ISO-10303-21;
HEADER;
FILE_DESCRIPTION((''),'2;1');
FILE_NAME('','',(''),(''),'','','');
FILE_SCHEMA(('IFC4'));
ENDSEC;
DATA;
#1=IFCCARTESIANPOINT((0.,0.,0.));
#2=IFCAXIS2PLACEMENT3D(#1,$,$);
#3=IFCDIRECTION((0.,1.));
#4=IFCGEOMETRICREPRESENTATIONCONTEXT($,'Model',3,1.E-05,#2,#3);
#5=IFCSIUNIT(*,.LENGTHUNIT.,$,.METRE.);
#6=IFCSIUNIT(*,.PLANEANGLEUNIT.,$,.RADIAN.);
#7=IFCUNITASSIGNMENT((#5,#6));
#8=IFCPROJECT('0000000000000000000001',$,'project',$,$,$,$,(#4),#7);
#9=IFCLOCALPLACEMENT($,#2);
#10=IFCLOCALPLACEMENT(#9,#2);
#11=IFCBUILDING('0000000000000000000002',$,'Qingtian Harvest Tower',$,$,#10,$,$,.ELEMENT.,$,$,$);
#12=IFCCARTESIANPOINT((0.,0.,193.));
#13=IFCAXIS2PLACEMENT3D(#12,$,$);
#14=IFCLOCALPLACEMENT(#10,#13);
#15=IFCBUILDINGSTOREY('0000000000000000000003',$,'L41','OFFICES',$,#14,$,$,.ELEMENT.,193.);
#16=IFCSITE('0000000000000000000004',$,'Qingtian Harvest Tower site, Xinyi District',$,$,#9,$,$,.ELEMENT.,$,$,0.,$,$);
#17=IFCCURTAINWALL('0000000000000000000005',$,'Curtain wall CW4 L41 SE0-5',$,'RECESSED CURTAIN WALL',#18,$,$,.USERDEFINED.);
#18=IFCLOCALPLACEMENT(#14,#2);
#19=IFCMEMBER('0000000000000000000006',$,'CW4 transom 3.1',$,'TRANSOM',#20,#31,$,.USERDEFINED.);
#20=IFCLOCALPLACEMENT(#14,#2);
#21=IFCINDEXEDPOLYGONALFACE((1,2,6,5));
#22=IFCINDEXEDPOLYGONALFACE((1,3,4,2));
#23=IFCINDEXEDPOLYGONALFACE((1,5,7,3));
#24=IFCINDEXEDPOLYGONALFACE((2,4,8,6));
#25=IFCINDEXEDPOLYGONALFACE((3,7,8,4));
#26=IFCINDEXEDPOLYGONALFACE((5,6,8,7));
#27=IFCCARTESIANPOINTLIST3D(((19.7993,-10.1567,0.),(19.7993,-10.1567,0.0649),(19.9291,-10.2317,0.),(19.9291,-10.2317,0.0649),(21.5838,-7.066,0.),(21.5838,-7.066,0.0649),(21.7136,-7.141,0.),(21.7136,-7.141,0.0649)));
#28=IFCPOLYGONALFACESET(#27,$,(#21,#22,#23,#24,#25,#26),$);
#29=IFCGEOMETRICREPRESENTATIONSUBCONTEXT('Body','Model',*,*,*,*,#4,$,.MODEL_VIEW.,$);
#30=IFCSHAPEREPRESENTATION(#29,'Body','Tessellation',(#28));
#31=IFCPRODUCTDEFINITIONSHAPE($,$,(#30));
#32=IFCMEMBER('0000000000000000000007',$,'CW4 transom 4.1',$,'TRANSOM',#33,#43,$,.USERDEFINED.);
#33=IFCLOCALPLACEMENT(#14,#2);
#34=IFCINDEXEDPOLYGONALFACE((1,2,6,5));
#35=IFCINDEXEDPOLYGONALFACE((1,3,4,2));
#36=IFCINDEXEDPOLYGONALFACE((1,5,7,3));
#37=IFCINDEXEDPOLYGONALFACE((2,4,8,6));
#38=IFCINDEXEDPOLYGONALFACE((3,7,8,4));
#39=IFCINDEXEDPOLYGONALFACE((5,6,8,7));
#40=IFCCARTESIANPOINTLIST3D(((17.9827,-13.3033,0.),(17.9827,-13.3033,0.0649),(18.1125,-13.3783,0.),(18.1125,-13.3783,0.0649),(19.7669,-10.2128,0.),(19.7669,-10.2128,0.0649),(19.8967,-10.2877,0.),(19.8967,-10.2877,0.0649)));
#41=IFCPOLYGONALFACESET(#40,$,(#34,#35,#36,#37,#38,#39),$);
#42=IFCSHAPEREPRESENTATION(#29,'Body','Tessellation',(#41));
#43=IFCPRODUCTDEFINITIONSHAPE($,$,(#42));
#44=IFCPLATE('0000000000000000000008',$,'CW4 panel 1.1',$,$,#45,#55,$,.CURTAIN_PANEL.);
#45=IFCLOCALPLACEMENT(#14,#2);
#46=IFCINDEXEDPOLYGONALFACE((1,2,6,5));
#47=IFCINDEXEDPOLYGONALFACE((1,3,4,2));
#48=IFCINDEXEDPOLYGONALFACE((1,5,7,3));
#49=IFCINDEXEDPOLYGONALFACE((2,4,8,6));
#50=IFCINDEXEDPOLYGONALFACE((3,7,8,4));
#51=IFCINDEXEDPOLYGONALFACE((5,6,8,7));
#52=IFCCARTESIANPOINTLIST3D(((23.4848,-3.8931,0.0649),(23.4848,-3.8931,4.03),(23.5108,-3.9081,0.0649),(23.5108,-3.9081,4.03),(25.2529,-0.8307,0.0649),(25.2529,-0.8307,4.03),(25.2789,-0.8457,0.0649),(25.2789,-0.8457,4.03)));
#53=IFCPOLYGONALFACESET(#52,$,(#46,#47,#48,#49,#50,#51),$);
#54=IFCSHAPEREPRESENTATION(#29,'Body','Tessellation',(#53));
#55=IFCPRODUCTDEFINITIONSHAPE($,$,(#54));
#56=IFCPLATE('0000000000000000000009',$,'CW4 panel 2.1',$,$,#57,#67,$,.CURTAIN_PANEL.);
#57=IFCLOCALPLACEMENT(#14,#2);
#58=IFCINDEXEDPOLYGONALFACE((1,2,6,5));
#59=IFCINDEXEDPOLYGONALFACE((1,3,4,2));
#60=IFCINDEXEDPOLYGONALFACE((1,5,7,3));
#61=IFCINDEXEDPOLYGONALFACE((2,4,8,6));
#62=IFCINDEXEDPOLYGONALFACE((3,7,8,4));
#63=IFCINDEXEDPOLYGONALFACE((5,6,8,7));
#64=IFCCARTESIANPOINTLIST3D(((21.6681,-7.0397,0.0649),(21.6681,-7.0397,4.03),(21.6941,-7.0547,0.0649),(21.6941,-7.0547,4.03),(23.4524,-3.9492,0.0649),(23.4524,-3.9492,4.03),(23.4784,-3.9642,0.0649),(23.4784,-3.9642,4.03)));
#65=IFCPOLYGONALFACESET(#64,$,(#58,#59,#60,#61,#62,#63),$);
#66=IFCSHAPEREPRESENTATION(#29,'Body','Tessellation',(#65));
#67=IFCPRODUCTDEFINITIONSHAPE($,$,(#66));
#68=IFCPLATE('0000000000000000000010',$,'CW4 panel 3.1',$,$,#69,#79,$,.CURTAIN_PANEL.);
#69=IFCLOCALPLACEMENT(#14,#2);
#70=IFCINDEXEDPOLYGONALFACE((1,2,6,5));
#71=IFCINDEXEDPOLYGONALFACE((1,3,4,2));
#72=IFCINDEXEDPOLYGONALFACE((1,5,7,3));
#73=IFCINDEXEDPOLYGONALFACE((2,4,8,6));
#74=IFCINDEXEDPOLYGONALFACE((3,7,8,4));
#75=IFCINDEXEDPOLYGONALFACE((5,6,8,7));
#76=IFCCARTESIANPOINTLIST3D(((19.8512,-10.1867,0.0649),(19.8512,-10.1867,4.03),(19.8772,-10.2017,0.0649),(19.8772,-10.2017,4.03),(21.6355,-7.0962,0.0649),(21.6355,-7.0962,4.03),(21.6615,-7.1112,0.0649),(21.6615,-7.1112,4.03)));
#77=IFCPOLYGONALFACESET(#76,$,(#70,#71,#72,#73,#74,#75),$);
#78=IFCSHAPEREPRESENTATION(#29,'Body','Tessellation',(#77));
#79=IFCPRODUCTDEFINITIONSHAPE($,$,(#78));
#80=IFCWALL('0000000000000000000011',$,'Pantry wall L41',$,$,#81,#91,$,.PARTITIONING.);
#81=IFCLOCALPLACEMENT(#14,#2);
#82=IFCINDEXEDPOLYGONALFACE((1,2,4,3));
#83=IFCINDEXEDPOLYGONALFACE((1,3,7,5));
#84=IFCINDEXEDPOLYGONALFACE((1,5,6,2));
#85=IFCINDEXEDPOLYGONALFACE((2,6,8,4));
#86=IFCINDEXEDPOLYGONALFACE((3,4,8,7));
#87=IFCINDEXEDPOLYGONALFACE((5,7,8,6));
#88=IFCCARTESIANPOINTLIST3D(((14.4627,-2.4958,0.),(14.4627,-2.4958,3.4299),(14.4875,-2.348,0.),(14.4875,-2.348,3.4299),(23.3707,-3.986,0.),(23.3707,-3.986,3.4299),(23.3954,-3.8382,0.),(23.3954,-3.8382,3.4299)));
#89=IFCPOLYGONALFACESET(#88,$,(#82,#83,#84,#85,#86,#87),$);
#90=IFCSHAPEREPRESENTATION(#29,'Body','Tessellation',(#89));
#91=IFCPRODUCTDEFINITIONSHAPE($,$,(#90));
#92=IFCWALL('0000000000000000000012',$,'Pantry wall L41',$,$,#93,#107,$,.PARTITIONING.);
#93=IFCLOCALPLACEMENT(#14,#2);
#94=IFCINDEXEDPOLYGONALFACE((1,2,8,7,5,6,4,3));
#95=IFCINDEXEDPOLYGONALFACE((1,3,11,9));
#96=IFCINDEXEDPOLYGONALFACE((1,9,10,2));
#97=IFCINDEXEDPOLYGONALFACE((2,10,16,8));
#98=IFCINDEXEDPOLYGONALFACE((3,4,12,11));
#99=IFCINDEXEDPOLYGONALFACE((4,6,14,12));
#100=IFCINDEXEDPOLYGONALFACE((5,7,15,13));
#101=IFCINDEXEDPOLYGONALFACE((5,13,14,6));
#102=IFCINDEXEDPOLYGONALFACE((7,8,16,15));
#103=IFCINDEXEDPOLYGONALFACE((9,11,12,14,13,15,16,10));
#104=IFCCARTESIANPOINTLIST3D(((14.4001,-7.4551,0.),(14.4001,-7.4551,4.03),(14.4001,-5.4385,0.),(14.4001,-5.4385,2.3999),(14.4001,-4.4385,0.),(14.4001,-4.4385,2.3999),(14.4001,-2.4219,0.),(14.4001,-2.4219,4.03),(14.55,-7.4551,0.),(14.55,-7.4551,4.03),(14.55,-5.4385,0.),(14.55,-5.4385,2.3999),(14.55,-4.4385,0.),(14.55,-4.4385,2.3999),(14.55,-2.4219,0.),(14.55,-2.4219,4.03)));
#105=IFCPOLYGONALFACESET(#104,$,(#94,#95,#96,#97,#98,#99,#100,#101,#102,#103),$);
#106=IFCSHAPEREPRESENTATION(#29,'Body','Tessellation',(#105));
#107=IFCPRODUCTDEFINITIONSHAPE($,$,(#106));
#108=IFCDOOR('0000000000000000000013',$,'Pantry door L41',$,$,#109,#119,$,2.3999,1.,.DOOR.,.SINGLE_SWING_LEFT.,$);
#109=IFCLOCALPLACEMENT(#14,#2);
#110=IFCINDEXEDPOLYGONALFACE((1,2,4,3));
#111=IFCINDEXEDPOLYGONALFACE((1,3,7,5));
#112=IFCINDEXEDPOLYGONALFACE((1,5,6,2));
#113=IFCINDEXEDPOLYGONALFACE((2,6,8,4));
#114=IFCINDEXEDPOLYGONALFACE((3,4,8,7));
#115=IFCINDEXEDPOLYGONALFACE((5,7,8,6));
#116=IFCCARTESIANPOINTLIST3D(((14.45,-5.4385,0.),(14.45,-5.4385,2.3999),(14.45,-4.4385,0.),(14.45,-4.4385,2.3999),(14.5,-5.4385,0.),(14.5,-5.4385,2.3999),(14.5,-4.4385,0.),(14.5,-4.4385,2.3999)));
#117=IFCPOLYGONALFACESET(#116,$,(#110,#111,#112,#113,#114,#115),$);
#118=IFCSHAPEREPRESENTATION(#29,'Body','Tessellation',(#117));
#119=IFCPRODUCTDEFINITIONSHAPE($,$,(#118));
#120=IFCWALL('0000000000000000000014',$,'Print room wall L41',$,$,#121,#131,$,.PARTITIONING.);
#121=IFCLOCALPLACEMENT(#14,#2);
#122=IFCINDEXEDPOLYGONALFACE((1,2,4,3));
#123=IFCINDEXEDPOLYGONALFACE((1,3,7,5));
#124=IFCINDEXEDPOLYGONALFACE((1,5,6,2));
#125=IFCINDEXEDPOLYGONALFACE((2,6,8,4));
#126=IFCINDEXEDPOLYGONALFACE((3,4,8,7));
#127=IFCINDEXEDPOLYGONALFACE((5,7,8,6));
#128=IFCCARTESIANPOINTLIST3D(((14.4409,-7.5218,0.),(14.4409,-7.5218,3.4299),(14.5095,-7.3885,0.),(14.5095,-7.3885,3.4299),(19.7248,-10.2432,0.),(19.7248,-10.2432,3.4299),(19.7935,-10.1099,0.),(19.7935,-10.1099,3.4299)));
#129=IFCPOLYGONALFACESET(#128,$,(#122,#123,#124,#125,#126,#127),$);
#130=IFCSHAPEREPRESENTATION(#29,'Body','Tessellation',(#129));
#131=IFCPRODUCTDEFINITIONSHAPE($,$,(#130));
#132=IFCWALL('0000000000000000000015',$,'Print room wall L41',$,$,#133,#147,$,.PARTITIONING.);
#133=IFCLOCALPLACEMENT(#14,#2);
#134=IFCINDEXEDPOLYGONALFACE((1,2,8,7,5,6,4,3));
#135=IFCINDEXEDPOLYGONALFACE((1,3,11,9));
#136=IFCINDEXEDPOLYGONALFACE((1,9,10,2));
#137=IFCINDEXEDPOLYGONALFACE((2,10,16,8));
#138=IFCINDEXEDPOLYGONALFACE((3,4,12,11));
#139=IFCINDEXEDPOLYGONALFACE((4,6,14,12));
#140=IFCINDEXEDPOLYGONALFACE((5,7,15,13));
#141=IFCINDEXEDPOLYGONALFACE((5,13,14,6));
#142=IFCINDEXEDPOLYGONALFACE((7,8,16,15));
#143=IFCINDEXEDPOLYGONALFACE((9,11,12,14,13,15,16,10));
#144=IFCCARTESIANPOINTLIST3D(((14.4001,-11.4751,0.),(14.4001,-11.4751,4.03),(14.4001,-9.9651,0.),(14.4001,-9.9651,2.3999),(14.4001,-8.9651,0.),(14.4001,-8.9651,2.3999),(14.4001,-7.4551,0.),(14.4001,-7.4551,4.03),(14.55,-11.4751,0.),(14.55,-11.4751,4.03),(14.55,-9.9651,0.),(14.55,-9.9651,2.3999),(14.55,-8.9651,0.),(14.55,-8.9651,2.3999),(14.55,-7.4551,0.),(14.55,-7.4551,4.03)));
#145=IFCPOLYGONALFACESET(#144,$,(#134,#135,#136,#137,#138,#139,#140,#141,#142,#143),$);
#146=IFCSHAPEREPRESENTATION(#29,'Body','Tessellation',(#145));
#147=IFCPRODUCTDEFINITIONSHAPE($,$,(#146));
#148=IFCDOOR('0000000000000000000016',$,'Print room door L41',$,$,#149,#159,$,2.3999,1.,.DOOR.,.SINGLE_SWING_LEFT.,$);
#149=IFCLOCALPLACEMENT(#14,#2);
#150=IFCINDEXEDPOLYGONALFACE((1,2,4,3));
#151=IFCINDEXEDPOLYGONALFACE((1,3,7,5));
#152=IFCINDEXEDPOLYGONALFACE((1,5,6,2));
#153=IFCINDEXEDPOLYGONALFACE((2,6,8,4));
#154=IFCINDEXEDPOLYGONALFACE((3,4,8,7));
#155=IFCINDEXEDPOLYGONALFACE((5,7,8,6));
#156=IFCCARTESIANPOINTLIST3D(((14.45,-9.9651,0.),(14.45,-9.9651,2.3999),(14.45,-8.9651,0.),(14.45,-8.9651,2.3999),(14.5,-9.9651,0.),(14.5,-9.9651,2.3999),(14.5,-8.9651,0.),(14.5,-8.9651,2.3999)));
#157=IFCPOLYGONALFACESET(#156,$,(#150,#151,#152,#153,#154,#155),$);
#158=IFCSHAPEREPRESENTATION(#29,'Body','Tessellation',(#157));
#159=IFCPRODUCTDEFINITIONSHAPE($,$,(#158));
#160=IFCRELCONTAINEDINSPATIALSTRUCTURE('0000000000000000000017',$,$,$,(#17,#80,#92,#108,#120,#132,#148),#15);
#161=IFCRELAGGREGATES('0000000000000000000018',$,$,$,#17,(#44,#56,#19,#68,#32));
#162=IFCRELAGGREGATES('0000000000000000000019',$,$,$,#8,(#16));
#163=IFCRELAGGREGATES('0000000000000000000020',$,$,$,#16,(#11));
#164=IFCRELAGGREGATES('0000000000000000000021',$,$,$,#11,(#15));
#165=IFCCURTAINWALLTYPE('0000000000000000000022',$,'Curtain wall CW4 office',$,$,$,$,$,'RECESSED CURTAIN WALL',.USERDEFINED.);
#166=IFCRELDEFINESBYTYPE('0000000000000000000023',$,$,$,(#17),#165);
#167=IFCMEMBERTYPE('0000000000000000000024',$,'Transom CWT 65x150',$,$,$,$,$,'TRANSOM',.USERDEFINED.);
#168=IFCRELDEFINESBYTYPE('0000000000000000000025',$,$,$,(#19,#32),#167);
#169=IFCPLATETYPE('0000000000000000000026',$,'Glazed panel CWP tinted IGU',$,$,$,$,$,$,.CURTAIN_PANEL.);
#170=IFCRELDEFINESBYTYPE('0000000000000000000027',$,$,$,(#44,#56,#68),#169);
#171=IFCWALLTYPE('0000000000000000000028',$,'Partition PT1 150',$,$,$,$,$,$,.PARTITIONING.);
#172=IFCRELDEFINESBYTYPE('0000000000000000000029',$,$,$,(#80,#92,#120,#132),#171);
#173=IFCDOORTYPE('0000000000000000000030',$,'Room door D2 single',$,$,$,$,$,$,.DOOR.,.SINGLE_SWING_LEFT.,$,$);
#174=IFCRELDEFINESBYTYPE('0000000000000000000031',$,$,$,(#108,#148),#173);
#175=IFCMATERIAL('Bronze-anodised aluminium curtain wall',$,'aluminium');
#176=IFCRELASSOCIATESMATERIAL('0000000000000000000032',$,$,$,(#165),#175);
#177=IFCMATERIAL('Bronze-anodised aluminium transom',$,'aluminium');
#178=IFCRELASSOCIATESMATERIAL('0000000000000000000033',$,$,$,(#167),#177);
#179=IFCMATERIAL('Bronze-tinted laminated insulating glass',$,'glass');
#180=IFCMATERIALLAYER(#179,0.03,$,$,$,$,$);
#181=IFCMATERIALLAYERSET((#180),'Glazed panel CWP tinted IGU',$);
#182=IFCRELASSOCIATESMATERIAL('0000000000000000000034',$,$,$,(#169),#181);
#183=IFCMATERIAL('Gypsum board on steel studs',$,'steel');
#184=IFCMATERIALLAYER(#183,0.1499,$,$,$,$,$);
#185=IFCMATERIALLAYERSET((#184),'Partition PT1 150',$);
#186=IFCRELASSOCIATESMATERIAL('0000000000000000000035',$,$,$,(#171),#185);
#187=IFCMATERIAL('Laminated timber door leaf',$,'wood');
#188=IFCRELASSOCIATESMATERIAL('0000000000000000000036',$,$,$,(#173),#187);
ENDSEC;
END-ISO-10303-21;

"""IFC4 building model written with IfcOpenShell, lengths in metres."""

from ifc_helpers import new_model, si_unit, direction, frame, frame_2d, origin, origin_2d, place, context, subcontext, project, spatial, rectangle, extrude, material, layer, layer_set, material_profile, profile_set, type_object, element, fill, aggregate, save


model = new_model("IFC4")

# Units and contexts
model_context = context("Model", 3, precision=1e-05, world=origin(), true_north=direction((0.0, 1.0)))
body_context = subcontext(model_context, "Body", "Model", "MODEL_VIEW")
ifc_project = project(units=[si_unit("LENGTHUNIT", "METRE"), si_unit("PLANEANGLEUNIT", "RADIAN")], contexts=[model_context])

# Site, building, storey
site_placement = place(None, origin())
site = spatial("IfcSite", under=ifc_project, at=site_placement, Name="Qingtian Harvest Tower site, Xinyi District", CompositionType="ELEMENT", RefElevation=0.0)
building_placement = place(site_placement, origin())
building = spatial("IfcBuilding", under=site, at=building_placement, Name="Qingtian Harvest Tower", CompositionType="ELEMENT")
storey_placement = place(building_placement, frame((0.0, 0.0, 193.0)))
storey = spatial("IfcBuildingStorey", under=building, at=storey_placement, Name="L41", Description="OFFICES", CompositionType="ELEMENT", Elevation=193.0)

# Shared definitions
ifc_material_1 = material(Name="Bronze-anodised aluminium curtain wall", Category="aluminium")
curtain_wall_type = type_object("IfcCurtainWallType", Name="Curtain wall CW4 office", ElementType="RECESSED CURTAIN WALL", PredefinedType="USERDEFINED", material=ifc_material_1)

# Curtain wall
curtain_wall_1_placement = place(storey_placement, origin())
curtain_wall_1 = element("IfcCurtainWall", 1, at=curtain_wall_1_placement, inside=storey, type_object=curtain_wall_type, Name="Curtain wall CW4 L41 SE0-5", ObjectType="RECESSED CURTAIN WALL", PredefinedType="USERDEFINED")

# Members
ifc_material_2 = material(Name="Bronze-anodised aluminium transom", Category="aluminium")
ifc_material_profile_1 = material_profile(ifc_material_2, rectangle(XDim=0.1499, YDim=0.0649, at=origin_2d()), Name="AL 65x150")
ifc_profile_set_1 = profile_set([ifc_material_profile_1], Name="Bronze-anodised aluminium transom")
member_type_1 = type_object("IfcMemberType", Name="Transom CWT 65x150", ElementType="TRANSOM", PredefinedType="USERDEFINED", material=ifc_profile_set_1)
member_1_placement = place(storey_placement, frame((21.6487, -7.1035, 0.0325), z_axis=(-0.500017, -0.866016, 0.0), x_axis=(0.866016, -0.500017, 0.0)))
member_1 = element("IfcMember", 2, at=member_1_placement, type_object=member_type_1, Name="CW4 transom 3.1", ObjectType="TRANSOM", PredefinedType="USERDEFINED", context=body_context, shape_type="SweptSolid", body=[
    extrude(rectangle(XDim=0.1499, YDim=0.0649, at=origin_2d()), origin(), (0.0, 0.0, 1.0), 3.5688),
])
member_2_placement = place(storey_placement, frame((19.8318, -10.2502, 0.0325), z_axis=(-0.499965, -0.866045, 0.0), x_axis=(0.866045, -0.499965, 0.0)))
member_2 = element("IfcMember", 3, at=member_2_placement, type_object=member_type_1, Name="CW4 transom 4.1", ObjectType="TRANSOM", PredefinedType="USERDEFINED", context=body_context, shape_type="SweptSolid", body=[
    extrude(rectangle(XDim=0.1499, YDim=0.0649, at=origin_2d()), origin(), (0.0, 0.0, 1.0), 3.5686),
])

# Plates
ifc_material_3 = material(Name="Bronze-tinted laminated insulating glass", Category="glass")
ifc_layer_1 = layer(ifc_material_3, 0.03)
ifc_layer_set_1 = layer_set([ifc_layer_1], Name="Glazed panel CWP tinted IGU")
plate_type = type_object("IfcPlateType", Name="Glazed panel CWP tinted IGU", PredefinedType="CURTAIN_PANEL", material=ifc_layer_set_1)
plate_1_placement = place(storey_placement, frame((24.3818, -2.3694, 0.0649), z_axis=(0.0, 0.0, 1.0), x_axis=(-0.5, -0.866025, 0.0)))
plate_1 = element("IfcPlate", 4, at=plate_1_placement, type_object=plate_type, Name="CW4 panel 1.1", PredefinedType="CURTAIN_PANEL", context=body_context, shape_type="SweptSolid", body=[
    extrude(rectangle(XDim=3.5361, YDim=0.03, at=origin_2d()), origin(), (0.0, 0.0, 1.0), 3.9651),
])
plate_2_placement = place(storey_placement, frame((22.5732, -5.502, 0.0649), z_axis=(0.0, 0.0, 1.0), x_axis=(-0.5, -0.866025, 0.0)))
plate_2 = element("IfcPlate", 5, at=plate_2_placement, type_object=plate_type, Name="CW4 panel 2.1", PredefinedType="CURTAIN_PANEL", context=body_context, shape_type="SweptSolid", body=[
    extrude(rectangle(XDim=3.5686, YDim=0.03, at=origin_2d()), origin(), (0.0, 0.0, 1.0), 3.9651),
])
plate_3_placement = place(storey_placement, frame((20.7563, -8.6489, 0.0649), z_axis=(0.0, 0.0, 1.0), x_axis=(-0.5, -0.866025, 0.0)))
plate_3 = element("IfcPlate", 6, at=plate_3_placement, type_object=plate_type, Name="CW4 panel 3.1", PredefinedType="CURTAIN_PANEL", context=body_context, shape_type="SweptSolid", body=[
    extrude(rectangle(XDim=3.5686, YDim=0.03, at=origin_2d()), origin(), (0.0, 0.0, 1.0), 3.9651),
])
aggregate(curtain_wall_1, [plate_1, plate_2, member_1, plate_3, member_2])

# Wall
ifc_material_4 = material(Name="Gypsum board on steel studs", Category="steel")
ifc_layer_2 = layer(ifc_material_4, 0.1499)
ifc_layer_set_2 = layer_set([ifc_layer_2], Name="Partition PT1 150")
wall_type = type_object("IfcWallType", Name="Partition PT1 150", PredefinedType="PARTITIONING", material=ifc_layer_set_2)
wall_1_placement = place(storey_placement, frame((23.3831, -3.9121, 0.0), z_axis=(0.0, 0.0, 1.0), x_axis=(-0.986294, 0.164999, 0.0)))
element("IfcWall", 7, at=wall_1_placement, inside=storey, type_object=wall_type, Name="Pantry wall L41", PredefinedType="PARTITIONING", context=body_context, shape_type="SweptSolid", body=[
    extrude(rectangle(XDim=9.0317, YDim=0.1499, at=frame_2d((4.5159, 0.0))), origin(), (0.0, 0.0, 1.0), 3.4299),
])

# Wall, opening, door
wall_2_placement = place(storey_placement, frame((14.4751, -2.4219, 0.0), z_axis=(0.0, 0.0, 1.0), x_axis=(0.0, -1.0, 0.0)))
wall_2 = element("IfcWall", 8, at=wall_2_placement, inside=storey, type_object=wall_type, Name="Pantry wall L41", PredefinedType="PARTITIONING", context=body_context, shape_type="SweptSolid", body=[
    extrude(rectangle(XDim=5.0332, YDim=0.1499, at=frame_2d((2.5166, 0.0))), origin(), (0.0, 0.0, 1.0), 4.03),
])
opening_1_placement = place(wall_2_placement, frame((2.0166, 0.0, 0.0)))
opening_1 = element("IfcOpeningElement", 9, at=opening_1_placement, cuts=wall_2, PredefinedType="OPENING", context=body_context, shape_type="SweptSolid", body=[
    extrude(rectangle(XDim=1.0, YDim=2.3999, at=frame_2d((0.5, 1.2))), frame((0.0, 0.085, 0.0), z_axis=(0.0, -1.0, 0.0), x_axis=(1.0, 0.0, 0.0)), (0.0, 0.0, 1.0), 0.1699),
])
ifc_material_5 = material(Name="Laminated timber door leaf", Category="wood")
door_type = type_object("IfcDoorType", Name="Room door D2 single", OperationType="SINGLE_SWING_LEFT", PredefinedType="DOOR", material=ifc_material_5)
door_1_placement = place(opening_1_placement, origin())
door_1 = element("IfcDoor", 10, at=door_1_placement, inside=storey, type_object=door_type, Name="Pantry door L41", OperationType="SINGLE_SWING_LEFT", OverallHeight=2.3999, OverallWidth=1.0, PredefinedType="DOOR", context=body_context, shape_type="SweptSolid", body=[
    extrude(rectangle(XDim=1.0, YDim=2.3999, at=frame_2d((0.5, 1.2))), frame((0.0, 0.0249, 0.0), z_axis=(0.0, -1.0, 0.0), x_axis=(1.0, 0.0, 0.0)), (0.0, 0.0, 1.0), 0.05),
])
fill(opening_1, door_1)

# Wall
wall_3_placement = place(storey_placement, frame((19.759, -10.1765, 0.0), z_axis=(0.0, 0.0, 1.0), x_axis=(-0.889015, 0.457878, 0.0)))
element("IfcWall", 11, at=wall_3_placement, inside=storey, type_object=wall_type, Name="Print room wall L41", PredefinedType="PARTITIONING", context=body_context, shape_type="SweptSolid", body=[
    extrude(rectangle(XDim=5.9436, YDim=0.1499, at=frame_2d((2.9717, 0.0))), origin(), (0.0, 0.0, 1.0), 3.4299),
])

# Wall, opening, door
wall_4_placement = place(storey_placement, frame((14.4751, -7.4551, 0.0), z_axis=(0.0, 0.0, 1.0), x_axis=(0.0, -1.0, 0.0)))
wall_4 = element("IfcWall", 12, at=wall_4_placement, inside=storey, type_object=wall_type, Name="Print room wall L41", PredefinedType="PARTITIONING", context=body_context, shape_type="SweptSolid", body=[
    extrude(rectangle(XDim=4.02, YDim=0.1499, at=frame_2d((2.01, 0.0))), origin(), (0.0, 0.0, 1.0), 4.03),
])
opening_2_placement = place(wall_4_placement, frame((1.51, 0.0, 0.0)))
opening_2 = element("IfcOpeningElement", 13, at=opening_2_placement, cuts=wall_4, PredefinedType="OPENING", context=body_context, shape_type="SweptSolid", body=[
    extrude(rectangle(XDim=1.0, YDim=2.3999, at=frame_2d((0.5, 1.2))), frame((0.0, 0.085, 0.0), z_axis=(0.0, -1.0, 0.0), x_axis=(1.0, 0.0, 0.0)), (0.0, 0.0, 1.0), 0.1699),
])
door_2_placement = place(opening_2_placement, origin())
door_2 = element("IfcDoor", 14, at=door_2_placement, inside=storey, type_object=door_type, Name="Print room door L41", OperationType="SINGLE_SWING_LEFT", OverallHeight=2.3999, OverallWidth=1.0, PredefinedType="DOOR", context=body_context, shape_type="SweptSolid", body=[
    extrude(rectangle(XDim=1.0, YDim=2.3999, at=frame_2d((0.5, 1.2))), frame((0.0, 0.0249, 0.0), z_axis=(0.0, -1.0, 0.0), x_axis=(1.0, 0.0, 0.0)), (0.0, 0.0, 1.0), 0.05),
])
fill(opening_2, door_2)

save(model, "model.ifc")
